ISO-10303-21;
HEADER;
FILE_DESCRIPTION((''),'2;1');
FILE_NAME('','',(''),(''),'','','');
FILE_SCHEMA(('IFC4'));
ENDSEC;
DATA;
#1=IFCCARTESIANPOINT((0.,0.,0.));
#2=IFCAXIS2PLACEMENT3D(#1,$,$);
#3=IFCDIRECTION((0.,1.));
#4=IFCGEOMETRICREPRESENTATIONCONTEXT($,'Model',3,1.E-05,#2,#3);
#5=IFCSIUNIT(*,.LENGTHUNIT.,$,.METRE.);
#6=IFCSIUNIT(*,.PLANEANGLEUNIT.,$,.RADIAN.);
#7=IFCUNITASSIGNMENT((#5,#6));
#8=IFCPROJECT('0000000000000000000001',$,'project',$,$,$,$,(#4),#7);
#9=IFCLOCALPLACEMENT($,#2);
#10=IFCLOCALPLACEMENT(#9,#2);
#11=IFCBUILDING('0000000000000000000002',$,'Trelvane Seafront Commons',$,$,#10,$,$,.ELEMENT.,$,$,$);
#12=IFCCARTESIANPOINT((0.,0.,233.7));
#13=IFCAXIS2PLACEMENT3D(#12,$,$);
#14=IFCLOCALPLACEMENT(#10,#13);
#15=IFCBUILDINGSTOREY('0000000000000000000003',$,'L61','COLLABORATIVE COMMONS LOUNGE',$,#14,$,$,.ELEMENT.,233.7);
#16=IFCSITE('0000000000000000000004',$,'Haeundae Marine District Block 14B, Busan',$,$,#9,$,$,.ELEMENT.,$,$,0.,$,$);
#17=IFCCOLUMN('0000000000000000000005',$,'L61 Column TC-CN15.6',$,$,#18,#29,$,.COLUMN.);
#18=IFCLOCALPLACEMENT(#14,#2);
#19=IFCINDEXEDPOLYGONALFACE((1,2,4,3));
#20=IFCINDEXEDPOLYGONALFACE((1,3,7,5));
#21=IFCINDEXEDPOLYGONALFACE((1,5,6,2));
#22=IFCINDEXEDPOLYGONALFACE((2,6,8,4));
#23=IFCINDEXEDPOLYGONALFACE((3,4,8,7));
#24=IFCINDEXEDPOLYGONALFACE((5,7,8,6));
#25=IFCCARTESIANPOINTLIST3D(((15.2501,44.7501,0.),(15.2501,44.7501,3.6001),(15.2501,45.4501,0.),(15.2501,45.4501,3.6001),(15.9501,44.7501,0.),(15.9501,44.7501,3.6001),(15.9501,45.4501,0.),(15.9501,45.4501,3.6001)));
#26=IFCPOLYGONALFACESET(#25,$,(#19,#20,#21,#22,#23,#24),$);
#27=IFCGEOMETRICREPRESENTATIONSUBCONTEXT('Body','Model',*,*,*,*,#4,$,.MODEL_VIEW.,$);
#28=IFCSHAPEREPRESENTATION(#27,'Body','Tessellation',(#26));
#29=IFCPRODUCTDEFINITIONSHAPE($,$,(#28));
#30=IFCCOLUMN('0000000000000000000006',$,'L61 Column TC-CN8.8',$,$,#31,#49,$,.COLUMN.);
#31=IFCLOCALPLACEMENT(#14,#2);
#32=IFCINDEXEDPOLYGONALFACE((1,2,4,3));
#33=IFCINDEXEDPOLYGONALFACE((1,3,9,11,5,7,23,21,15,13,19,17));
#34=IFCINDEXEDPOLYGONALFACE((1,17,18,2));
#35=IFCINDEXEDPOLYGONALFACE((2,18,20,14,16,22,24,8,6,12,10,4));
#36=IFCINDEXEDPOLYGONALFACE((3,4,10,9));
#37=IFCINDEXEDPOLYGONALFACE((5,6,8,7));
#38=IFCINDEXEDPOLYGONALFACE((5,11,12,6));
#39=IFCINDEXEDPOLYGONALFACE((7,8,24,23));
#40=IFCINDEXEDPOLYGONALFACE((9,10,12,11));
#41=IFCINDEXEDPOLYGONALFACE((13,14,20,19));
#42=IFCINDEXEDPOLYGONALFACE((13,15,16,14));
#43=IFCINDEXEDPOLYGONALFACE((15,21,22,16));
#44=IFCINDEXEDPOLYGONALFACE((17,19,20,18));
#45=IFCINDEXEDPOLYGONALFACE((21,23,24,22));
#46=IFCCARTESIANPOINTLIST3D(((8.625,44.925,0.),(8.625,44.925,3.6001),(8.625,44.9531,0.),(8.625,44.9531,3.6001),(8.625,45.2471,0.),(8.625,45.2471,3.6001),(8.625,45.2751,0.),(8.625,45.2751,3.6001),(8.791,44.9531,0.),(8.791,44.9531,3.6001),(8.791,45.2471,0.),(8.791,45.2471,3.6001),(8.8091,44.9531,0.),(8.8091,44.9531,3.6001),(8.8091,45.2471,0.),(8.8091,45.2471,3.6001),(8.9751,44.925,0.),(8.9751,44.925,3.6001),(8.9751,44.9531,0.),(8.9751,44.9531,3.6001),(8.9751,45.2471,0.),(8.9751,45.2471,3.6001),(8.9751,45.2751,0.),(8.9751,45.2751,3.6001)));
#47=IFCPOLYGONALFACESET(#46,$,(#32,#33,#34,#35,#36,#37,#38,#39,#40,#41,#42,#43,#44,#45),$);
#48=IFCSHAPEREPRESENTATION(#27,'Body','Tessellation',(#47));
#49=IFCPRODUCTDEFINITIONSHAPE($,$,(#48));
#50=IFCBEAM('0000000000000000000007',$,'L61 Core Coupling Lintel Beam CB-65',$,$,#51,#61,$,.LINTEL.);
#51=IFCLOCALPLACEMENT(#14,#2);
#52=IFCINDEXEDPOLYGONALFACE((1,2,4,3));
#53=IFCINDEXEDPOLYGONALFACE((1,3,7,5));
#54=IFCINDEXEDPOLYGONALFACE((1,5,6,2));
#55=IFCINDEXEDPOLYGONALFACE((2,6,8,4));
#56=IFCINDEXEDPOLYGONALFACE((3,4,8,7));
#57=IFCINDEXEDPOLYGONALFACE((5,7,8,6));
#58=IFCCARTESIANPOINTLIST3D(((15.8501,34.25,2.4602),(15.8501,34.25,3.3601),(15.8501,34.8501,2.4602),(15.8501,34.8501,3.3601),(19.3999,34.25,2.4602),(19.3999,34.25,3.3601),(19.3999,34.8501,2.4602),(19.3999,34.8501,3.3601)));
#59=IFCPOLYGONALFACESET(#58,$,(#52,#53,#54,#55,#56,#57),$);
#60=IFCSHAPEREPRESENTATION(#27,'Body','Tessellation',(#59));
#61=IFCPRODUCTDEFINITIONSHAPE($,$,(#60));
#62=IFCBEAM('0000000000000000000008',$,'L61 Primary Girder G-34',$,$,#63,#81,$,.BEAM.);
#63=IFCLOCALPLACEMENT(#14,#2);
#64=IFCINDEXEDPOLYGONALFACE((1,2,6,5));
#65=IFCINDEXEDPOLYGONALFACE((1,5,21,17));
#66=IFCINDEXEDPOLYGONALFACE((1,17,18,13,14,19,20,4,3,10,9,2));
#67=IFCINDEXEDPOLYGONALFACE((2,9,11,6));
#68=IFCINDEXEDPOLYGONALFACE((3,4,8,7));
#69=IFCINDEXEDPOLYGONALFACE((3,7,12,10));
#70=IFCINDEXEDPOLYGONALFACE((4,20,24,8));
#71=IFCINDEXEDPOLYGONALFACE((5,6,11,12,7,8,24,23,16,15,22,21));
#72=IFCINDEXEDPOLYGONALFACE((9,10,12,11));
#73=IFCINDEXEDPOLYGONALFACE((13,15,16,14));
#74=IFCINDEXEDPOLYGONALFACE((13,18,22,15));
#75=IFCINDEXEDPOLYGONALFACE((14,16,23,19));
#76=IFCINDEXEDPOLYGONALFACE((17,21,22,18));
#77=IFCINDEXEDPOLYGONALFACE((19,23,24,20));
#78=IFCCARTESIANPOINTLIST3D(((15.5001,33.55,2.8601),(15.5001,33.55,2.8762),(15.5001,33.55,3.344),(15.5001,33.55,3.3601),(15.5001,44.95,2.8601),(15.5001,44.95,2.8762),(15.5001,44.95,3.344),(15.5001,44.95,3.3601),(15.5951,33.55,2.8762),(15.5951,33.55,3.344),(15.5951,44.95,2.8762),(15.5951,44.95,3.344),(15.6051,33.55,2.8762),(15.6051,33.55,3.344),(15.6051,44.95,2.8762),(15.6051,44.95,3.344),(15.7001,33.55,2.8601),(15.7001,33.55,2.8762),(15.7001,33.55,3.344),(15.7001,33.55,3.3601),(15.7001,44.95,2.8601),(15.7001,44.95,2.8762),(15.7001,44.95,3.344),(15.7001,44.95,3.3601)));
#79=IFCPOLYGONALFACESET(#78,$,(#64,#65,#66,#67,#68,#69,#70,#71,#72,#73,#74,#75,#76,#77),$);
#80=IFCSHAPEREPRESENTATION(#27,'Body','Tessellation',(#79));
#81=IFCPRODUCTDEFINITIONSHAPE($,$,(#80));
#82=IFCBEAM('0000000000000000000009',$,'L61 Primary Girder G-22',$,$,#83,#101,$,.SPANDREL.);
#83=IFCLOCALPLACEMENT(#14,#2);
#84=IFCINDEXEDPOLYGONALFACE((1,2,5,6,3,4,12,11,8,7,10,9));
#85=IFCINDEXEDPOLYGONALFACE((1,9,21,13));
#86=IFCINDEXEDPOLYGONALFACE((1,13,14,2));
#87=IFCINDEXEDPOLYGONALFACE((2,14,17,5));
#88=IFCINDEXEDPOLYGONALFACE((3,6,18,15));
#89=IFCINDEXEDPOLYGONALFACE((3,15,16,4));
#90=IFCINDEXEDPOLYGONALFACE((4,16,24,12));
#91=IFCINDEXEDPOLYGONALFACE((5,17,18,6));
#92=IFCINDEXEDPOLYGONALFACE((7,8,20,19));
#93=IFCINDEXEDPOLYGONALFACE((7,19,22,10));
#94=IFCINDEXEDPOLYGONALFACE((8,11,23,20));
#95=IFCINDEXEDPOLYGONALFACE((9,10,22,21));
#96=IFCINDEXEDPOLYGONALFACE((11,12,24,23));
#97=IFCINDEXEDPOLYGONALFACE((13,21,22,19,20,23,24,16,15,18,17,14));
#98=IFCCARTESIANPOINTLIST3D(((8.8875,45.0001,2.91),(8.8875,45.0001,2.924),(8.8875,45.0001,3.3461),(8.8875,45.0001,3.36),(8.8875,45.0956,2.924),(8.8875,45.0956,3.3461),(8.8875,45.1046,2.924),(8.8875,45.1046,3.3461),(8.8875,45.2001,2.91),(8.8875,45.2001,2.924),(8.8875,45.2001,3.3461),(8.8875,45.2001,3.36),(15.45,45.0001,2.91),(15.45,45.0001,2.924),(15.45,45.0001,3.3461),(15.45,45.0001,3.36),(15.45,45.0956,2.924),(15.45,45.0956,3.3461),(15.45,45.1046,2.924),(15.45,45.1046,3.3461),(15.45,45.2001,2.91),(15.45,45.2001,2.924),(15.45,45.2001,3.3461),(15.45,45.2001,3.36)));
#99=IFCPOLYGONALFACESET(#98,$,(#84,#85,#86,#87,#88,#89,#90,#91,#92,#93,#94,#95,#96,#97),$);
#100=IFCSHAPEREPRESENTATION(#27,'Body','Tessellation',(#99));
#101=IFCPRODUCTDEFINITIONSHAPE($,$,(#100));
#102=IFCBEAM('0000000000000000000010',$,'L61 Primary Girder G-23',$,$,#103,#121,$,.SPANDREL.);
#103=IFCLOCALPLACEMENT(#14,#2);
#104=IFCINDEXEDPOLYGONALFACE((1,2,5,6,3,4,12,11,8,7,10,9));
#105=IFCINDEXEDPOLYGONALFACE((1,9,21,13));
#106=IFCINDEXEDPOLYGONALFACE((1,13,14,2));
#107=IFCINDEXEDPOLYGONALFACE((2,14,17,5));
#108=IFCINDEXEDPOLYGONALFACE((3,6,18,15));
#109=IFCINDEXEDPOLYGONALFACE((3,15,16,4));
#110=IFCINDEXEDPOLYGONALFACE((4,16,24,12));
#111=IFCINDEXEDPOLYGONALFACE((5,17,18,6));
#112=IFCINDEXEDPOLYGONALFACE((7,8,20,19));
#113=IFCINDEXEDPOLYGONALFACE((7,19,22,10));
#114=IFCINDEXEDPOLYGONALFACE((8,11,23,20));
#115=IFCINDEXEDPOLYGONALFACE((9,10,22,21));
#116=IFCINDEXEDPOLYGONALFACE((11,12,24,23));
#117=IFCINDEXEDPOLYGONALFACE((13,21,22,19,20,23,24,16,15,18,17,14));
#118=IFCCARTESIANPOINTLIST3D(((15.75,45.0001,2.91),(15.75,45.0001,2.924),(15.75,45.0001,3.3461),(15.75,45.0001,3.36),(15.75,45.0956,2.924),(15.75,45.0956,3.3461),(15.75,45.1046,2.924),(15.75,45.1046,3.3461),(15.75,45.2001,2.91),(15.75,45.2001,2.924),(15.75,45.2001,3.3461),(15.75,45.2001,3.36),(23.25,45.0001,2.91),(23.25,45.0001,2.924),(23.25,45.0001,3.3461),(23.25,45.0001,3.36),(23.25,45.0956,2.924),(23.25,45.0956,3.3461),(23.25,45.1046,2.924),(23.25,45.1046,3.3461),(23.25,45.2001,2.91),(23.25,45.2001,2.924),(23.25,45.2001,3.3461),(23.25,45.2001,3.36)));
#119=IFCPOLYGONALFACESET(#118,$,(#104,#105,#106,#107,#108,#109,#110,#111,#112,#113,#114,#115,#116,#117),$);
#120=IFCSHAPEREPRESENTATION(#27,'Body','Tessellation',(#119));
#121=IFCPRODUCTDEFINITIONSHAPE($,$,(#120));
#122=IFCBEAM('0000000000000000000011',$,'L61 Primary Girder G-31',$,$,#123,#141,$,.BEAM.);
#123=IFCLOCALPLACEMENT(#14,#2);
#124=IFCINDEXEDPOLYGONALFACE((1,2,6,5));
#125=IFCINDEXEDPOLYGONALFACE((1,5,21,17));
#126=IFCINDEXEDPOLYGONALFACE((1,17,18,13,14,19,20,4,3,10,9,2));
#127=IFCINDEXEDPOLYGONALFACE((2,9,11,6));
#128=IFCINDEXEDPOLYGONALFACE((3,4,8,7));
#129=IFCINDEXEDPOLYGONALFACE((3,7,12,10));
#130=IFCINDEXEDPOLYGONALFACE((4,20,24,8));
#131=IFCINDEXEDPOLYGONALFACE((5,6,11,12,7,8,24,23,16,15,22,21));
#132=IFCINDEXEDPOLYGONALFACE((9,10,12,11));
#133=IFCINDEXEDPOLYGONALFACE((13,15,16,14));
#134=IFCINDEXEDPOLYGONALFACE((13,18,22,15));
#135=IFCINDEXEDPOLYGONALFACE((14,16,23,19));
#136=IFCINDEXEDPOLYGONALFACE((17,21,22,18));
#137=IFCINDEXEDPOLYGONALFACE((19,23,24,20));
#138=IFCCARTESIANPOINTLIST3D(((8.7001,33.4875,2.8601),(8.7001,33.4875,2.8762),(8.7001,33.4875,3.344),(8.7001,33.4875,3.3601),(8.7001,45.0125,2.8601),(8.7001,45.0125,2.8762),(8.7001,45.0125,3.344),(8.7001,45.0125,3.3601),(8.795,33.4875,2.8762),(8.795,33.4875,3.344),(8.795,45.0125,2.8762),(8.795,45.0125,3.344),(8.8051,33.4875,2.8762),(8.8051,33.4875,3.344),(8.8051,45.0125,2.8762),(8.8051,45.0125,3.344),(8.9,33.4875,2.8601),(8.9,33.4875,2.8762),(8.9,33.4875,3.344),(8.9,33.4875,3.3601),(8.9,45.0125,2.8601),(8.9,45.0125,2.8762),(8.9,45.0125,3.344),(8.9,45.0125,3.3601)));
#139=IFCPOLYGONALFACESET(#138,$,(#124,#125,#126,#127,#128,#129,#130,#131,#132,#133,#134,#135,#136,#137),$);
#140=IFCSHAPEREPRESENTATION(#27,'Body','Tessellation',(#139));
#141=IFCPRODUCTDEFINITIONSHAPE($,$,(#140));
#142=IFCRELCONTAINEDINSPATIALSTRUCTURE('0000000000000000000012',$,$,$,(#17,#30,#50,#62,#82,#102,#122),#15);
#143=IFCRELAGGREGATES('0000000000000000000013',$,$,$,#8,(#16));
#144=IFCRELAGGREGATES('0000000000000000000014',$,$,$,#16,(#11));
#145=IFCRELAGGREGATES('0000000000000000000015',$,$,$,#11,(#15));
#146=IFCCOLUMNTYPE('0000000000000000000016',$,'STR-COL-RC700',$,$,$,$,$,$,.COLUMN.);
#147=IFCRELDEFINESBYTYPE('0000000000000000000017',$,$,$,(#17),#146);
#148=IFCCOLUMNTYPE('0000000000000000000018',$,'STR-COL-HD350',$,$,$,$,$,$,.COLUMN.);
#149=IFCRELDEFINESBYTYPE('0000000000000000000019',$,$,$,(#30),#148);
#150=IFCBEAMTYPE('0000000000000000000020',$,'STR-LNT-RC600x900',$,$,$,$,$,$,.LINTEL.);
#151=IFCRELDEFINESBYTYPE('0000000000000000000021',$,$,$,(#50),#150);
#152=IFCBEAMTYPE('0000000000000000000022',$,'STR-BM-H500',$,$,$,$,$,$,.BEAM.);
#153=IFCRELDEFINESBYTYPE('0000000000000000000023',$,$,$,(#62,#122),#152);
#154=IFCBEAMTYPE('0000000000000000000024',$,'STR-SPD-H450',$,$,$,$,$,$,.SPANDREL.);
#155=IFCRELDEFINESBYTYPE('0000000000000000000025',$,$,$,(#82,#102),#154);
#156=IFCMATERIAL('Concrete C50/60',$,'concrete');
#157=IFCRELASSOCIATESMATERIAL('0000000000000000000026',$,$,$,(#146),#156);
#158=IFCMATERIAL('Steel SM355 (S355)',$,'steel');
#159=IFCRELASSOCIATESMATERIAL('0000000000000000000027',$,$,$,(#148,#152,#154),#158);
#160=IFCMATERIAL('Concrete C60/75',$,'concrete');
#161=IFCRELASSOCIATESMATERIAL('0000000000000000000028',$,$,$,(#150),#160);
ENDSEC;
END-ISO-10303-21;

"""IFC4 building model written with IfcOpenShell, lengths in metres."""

from ifc_helpers import new_model, si_unit, direction, frame, origin, origin_2d, place, context, subcontext, project, spatial, rectangle, i_section, extrude, source, transform, mapped, material, material_profile, profile_set, type_object, element, save


model = new_model("IFC4")

# Units and contexts
model_context = context("Model", 3, precision=1e-05, world=origin(), true_north=direction((0.0, 1.0)))
body_context = subcontext(model_context, "Body", "Model", "MODEL_VIEW")
ifc_project = project(units=[si_unit("LENGTHUNIT", "METRE"), si_unit("PLANEANGLEUNIT", "RADIAN")], contexts=[model_context])

# Site, building, storey
site_placement = place(None, origin())
site = spatial("IfcSite", under=ifc_project, at=site_placement, Name="Haeundae Marine District Block 14B, Busan", CompositionType="ELEMENT", RefElevation=0.0)
building_placement = place(site_placement, origin())
building = spatial("IfcBuilding", under=site, at=building_placement, Name="Trelvane Seafront Commons", CompositionType="ELEMENT")
storey_placement = place(building_placement, frame((0.0, 0.0, 233.7)))
storey = spatial("IfcBuildingStorey", under=building, at=storey_placement, Name="L61", Description="COLLABORATIVE COMMONS LOUNGE", CompositionType="ELEMENT", Elevation=233.7)

# Columns
ifc_material_1 = material(Name="Concrete C50/60", Category="concrete")
ifc_material_profile_1 = material_profile(ifc_material_1, rectangle(XDim=0.7, YDim=0.7, at=origin_2d()), Name="RC-700x700")
ifc_profile_set_1 = profile_set([ifc_material_profile_1], Name="Concrete C50/60")
column_type_1 = type_object("IfcColumnType", Name="STR-COL-RC700", PredefinedType="COLUMN", material=ifc_profile_set_1)
shared_shape_1 = source(origin(), body_context, "Body", "SweptSolid", [
    extrude(rectangle(XDim=0.7, YDim=0.7, at=origin_2d()), origin(), (0.0, 0.0, 1.0), 3.6001),
])
column_1_placement = place(storey_placement, frame((15.6001, 45.1001, 0.0), z_axis=(0.0, 0.0, 1.0), x_axis=(1.0, 0.0, 0.0)))
element("IfcColumn", 1, at=column_1_placement, inside=storey, type_object=column_type_1, Name="L61 Column TC-CN15.6", PredefinedType="COLUMN", context=body_context, shape_type="MappedRepresentation", body=[
    mapped(shared_shape_1, transform((0.0, 0.0, 0.0), x_axis=(1.0, 0.0, 0.0), y_axis=(0.0, 1.0, 0.0), z_axis=(0.0, 0.0, 1.0), scale=1.0)),
])
ifc_material_2 = material(Name="Steel SM355 (S355)", Category="steel")
ifc_material_profile_2 = material_profile(ifc_material_2, i_section(OverallWidth=0.3501, OverallDepth=0.3501, WebThickness=0.0181, FlangeThickness=0.0281, at=origin_2d()), Name="HD-350x350x18x28")
ifc_profile_set_2 = profile_set([ifc_material_profile_2], Name="Steel SM355 (S355)")
column_type_2 = type_object("IfcColumnType", Name="STR-COL-HD350", PredefinedType="COLUMN", material=ifc_profile_set_2)
shared_shape_2 = source(origin(), body_context, "Body", "SweptSolid", [
    extrude(i_section(OverallWidth=0.3501, OverallDepth=0.3501, WebThickness=0.0181, FlangeThickness=0.0281, at=origin_2d()), origin(), (0.0, 0.0, 1.0), 3.6001),
])
column_2_placement = place(storey_placement, frame((8.8, 45.1001, 0.0), z_axis=(0.0, 0.0, 1.0), x_axis=(1.0, 0.0, 0.0)))
element("IfcColumn", 2, at=column_2_placement, inside=storey, type_object=column_type_2, Name="L61 Column TC-CN8.8", PredefinedType="COLUMN", context=body_context, shape_type="MappedRepresentation", body=[
    mapped(shared_shape_2, transform((0.0, 0.0, 0.0), x_axis=(1.0, 0.0, 0.0), y_axis=(0.0, 1.0, 0.0), z_axis=(0.0, 0.0, 1.0), scale=1.0)),
])

# Beams
ifc_material_3 = material(Name="Concrete C60/75", Category="concrete")
ifc_material_profile_3 = material_profile(ifc_material_3, rectangle(XDim=0.6001, YDim=0.8999, at=origin_2d()), Name="RC-600x900")
ifc_profile_set_3 = profile_set([ifc_material_profile_3], Name="Concrete C60/75")
beam_type_1 = type_object("IfcBeamType", Name="STR-LNT-RC600x900", PredefinedType="LINTEL", material=ifc_profile_set_3)
shared_shape_3 = source(origin(), body_context, "Body", "SweptSolid", [
    extrude(rectangle(XDim=0.6001, YDim=0.8999, at=origin_2d()), origin(), (0.0, 0.0, 1.0), 3.5498),
])
beam_1_placement = place(storey_placement, frame((15.8501, 34.55, 2.9102), z_axis=(1.0, 0.0, 0.0), x_axis=(0.0, 1.0, 0.0)))
element("IfcBeam", 3, at=beam_1_placement, inside=storey, type_object=beam_type_1, Name="L61 Core Coupling Lintel Beam CB-65", PredefinedType="LINTEL", context=body_context, shape_type="MappedRepresentation", body=[
    mapped(shared_shape_3, transform((0.0, 0.0, 0.0), x_axis=(1.0, 0.0, 0.0), y_axis=(0.0, 1.0, 0.0), z_axis=(0.0, 0.0, 1.0), scale=1.0)),
])
ifc_material_profile_4 = material_profile(ifc_material_2, i_section(OverallWidth=0.2, OverallDepth=0.5, WebThickness=0.01, FlangeThickness=0.0161, at=origin_2d()), Name="H-500x200x10x16")
ifc_profile_set_4 = profile_set([ifc_material_profile_4], Name="Steel SM355 (S355)")
beam_type_2 = type_object("IfcBeamType", Name="STR-BM-H500", PredefinedType="BEAM", material=ifc_profile_set_4)
shared_shape_4 = source(origin(), body_context, "Body", "SweptSolid", [
    extrude(i_section(OverallWidth=0.2, OverallDepth=0.5, WebThickness=0.01, FlangeThickness=0.0161, at=origin_2d()), origin(), (0.0, 0.0, 1.0), 11.3999),
])
beam_2_placement = place(storey_placement, frame((15.6001, 33.55, 3.1101), z_axis=(0.0, 1.0, 0.0), x_axis=(-1.0, 0.0, 0.0)))
element("IfcBeam", 4, at=beam_2_placement, inside=storey, type_object=beam_type_2, Name="L61 Primary Girder G-34", PredefinedType="BEAM", context=body_context, shape_type="MappedRepresentation", body=[
    mapped(shared_shape_4, transform((0.0, 0.0, 0.0), x_axis=(1.0, 0.0, 0.0), y_axis=(0.0, 1.0, 0.0), z_axis=(0.0, 0.0, 1.0), scale=1.0)),
])
ifc_material_profile_5 = material_profile(ifc_material_2, i_section(OverallWidth=0.2, OverallDepth=0.45, WebThickness=0.009, FlangeThickness=0.0139, at=origin_2d()), Name="H-450x200x9x14")
ifc_profile_set_5 = profile_set([ifc_material_profile_5], Name="Steel SM355 (S355)")
beam_type_3 = type_object("IfcBeamType", Name="STR-SPD-H450", PredefinedType="SPANDREL", material=ifc_profile_set_5)
shared_shape_5 = source(origin(), body_context, "Body", "SweptSolid", [
    extrude(i_section(OverallWidth=0.2, OverallDepth=0.45, WebThickness=0.009, FlangeThickness=0.0139, at=origin_2d()), origin(), (0.0, 0.0, 1.0), 6.5625),
])
beam_3_placement = place(storey_placement, frame((8.8875, 45.1001, 3.135), z_axis=(1.0, 0.0, 0.0), x_axis=(0.0, 1.0, 0.0)))
element("IfcBeam", 5, at=beam_3_placement, inside=storey, type_object=beam_type_3, Name="L61 Primary Girder G-22", PredefinedType="SPANDREL", context=body_context, shape_type="MappedRepresentation", body=[
    mapped(shared_shape_5, transform((0.0, 0.0, 0.0), x_axis=(1.0, 0.0, 0.0), y_axis=(0.0, 1.0, 0.0), z_axis=(0.0, 0.0, 1.0), scale=1.0)),
])
shared_shape_6 = source(origin(), body_context, "Body", "SweptSolid", [
    extrude(i_section(OverallWidth=0.2, OverallDepth=0.45, WebThickness=0.009, FlangeThickness=0.0139, at=origin_2d()), origin(), (0.0, 0.0, 1.0), 7.5),
])
beam_4_placement = place(storey_placement, frame((15.75, 45.1001, 3.135), z_axis=(1.0, 0.0, 0.0), x_axis=(0.0, 1.0, 0.0)))
element("IfcBeam", 6, at=beam_4_placement, inside=storey, type_object=beam_type_3, Name="L61 Primary Girder G-23", PredefinedType="SPANDREL", context=body_context, shape_type="MappedRepresentation", body=[
    mapped(shared_shape_6, transform((0.0, 0.0, 0.0), x_axis=(1.0, 0.0, 0.0), y_axis=(0.0, 1.0, 0.0), z_axis=(0.0, 0.0, 1.0), scale=1.0)),
])
shared_shape_7 = source(origin(), body_context, "Body", "SweptSolid", [
    extrude(i_section(OverallWidth=0.2, OverallDepth=0.5, WebThickness=0.01, FlangeThickness=0.0161, at=origin_2d()), origin(), (0.0, 0.0, 1.0), 11.5249),
])
beam_5_placement = place(storey_placement, frame((8.8, 33.4875, 3.1101), z_axis=(0.0, 1.0, 0.0), x_axis=(-1.0, 0.0, 0.0)))
element("IfcBeam", 7, at=beam_5_placement, inside=storey, type_object=beam_type_2, Name="L61 Primary Girder G-31", PredefinedType="BEAM", context=body_context, shape_type="MappedRepresentation", body=[
    mapped(shared_shape_7, transform((0.0, 0.0, 0.0), x_axis=(1.0, 0.0, 0.0), y_axis=(0.0, 1.0, 0.0), z_axis=(0.0, 0.0, 1.0), scale=1.0)),
])

save(model, "model.ifc")
